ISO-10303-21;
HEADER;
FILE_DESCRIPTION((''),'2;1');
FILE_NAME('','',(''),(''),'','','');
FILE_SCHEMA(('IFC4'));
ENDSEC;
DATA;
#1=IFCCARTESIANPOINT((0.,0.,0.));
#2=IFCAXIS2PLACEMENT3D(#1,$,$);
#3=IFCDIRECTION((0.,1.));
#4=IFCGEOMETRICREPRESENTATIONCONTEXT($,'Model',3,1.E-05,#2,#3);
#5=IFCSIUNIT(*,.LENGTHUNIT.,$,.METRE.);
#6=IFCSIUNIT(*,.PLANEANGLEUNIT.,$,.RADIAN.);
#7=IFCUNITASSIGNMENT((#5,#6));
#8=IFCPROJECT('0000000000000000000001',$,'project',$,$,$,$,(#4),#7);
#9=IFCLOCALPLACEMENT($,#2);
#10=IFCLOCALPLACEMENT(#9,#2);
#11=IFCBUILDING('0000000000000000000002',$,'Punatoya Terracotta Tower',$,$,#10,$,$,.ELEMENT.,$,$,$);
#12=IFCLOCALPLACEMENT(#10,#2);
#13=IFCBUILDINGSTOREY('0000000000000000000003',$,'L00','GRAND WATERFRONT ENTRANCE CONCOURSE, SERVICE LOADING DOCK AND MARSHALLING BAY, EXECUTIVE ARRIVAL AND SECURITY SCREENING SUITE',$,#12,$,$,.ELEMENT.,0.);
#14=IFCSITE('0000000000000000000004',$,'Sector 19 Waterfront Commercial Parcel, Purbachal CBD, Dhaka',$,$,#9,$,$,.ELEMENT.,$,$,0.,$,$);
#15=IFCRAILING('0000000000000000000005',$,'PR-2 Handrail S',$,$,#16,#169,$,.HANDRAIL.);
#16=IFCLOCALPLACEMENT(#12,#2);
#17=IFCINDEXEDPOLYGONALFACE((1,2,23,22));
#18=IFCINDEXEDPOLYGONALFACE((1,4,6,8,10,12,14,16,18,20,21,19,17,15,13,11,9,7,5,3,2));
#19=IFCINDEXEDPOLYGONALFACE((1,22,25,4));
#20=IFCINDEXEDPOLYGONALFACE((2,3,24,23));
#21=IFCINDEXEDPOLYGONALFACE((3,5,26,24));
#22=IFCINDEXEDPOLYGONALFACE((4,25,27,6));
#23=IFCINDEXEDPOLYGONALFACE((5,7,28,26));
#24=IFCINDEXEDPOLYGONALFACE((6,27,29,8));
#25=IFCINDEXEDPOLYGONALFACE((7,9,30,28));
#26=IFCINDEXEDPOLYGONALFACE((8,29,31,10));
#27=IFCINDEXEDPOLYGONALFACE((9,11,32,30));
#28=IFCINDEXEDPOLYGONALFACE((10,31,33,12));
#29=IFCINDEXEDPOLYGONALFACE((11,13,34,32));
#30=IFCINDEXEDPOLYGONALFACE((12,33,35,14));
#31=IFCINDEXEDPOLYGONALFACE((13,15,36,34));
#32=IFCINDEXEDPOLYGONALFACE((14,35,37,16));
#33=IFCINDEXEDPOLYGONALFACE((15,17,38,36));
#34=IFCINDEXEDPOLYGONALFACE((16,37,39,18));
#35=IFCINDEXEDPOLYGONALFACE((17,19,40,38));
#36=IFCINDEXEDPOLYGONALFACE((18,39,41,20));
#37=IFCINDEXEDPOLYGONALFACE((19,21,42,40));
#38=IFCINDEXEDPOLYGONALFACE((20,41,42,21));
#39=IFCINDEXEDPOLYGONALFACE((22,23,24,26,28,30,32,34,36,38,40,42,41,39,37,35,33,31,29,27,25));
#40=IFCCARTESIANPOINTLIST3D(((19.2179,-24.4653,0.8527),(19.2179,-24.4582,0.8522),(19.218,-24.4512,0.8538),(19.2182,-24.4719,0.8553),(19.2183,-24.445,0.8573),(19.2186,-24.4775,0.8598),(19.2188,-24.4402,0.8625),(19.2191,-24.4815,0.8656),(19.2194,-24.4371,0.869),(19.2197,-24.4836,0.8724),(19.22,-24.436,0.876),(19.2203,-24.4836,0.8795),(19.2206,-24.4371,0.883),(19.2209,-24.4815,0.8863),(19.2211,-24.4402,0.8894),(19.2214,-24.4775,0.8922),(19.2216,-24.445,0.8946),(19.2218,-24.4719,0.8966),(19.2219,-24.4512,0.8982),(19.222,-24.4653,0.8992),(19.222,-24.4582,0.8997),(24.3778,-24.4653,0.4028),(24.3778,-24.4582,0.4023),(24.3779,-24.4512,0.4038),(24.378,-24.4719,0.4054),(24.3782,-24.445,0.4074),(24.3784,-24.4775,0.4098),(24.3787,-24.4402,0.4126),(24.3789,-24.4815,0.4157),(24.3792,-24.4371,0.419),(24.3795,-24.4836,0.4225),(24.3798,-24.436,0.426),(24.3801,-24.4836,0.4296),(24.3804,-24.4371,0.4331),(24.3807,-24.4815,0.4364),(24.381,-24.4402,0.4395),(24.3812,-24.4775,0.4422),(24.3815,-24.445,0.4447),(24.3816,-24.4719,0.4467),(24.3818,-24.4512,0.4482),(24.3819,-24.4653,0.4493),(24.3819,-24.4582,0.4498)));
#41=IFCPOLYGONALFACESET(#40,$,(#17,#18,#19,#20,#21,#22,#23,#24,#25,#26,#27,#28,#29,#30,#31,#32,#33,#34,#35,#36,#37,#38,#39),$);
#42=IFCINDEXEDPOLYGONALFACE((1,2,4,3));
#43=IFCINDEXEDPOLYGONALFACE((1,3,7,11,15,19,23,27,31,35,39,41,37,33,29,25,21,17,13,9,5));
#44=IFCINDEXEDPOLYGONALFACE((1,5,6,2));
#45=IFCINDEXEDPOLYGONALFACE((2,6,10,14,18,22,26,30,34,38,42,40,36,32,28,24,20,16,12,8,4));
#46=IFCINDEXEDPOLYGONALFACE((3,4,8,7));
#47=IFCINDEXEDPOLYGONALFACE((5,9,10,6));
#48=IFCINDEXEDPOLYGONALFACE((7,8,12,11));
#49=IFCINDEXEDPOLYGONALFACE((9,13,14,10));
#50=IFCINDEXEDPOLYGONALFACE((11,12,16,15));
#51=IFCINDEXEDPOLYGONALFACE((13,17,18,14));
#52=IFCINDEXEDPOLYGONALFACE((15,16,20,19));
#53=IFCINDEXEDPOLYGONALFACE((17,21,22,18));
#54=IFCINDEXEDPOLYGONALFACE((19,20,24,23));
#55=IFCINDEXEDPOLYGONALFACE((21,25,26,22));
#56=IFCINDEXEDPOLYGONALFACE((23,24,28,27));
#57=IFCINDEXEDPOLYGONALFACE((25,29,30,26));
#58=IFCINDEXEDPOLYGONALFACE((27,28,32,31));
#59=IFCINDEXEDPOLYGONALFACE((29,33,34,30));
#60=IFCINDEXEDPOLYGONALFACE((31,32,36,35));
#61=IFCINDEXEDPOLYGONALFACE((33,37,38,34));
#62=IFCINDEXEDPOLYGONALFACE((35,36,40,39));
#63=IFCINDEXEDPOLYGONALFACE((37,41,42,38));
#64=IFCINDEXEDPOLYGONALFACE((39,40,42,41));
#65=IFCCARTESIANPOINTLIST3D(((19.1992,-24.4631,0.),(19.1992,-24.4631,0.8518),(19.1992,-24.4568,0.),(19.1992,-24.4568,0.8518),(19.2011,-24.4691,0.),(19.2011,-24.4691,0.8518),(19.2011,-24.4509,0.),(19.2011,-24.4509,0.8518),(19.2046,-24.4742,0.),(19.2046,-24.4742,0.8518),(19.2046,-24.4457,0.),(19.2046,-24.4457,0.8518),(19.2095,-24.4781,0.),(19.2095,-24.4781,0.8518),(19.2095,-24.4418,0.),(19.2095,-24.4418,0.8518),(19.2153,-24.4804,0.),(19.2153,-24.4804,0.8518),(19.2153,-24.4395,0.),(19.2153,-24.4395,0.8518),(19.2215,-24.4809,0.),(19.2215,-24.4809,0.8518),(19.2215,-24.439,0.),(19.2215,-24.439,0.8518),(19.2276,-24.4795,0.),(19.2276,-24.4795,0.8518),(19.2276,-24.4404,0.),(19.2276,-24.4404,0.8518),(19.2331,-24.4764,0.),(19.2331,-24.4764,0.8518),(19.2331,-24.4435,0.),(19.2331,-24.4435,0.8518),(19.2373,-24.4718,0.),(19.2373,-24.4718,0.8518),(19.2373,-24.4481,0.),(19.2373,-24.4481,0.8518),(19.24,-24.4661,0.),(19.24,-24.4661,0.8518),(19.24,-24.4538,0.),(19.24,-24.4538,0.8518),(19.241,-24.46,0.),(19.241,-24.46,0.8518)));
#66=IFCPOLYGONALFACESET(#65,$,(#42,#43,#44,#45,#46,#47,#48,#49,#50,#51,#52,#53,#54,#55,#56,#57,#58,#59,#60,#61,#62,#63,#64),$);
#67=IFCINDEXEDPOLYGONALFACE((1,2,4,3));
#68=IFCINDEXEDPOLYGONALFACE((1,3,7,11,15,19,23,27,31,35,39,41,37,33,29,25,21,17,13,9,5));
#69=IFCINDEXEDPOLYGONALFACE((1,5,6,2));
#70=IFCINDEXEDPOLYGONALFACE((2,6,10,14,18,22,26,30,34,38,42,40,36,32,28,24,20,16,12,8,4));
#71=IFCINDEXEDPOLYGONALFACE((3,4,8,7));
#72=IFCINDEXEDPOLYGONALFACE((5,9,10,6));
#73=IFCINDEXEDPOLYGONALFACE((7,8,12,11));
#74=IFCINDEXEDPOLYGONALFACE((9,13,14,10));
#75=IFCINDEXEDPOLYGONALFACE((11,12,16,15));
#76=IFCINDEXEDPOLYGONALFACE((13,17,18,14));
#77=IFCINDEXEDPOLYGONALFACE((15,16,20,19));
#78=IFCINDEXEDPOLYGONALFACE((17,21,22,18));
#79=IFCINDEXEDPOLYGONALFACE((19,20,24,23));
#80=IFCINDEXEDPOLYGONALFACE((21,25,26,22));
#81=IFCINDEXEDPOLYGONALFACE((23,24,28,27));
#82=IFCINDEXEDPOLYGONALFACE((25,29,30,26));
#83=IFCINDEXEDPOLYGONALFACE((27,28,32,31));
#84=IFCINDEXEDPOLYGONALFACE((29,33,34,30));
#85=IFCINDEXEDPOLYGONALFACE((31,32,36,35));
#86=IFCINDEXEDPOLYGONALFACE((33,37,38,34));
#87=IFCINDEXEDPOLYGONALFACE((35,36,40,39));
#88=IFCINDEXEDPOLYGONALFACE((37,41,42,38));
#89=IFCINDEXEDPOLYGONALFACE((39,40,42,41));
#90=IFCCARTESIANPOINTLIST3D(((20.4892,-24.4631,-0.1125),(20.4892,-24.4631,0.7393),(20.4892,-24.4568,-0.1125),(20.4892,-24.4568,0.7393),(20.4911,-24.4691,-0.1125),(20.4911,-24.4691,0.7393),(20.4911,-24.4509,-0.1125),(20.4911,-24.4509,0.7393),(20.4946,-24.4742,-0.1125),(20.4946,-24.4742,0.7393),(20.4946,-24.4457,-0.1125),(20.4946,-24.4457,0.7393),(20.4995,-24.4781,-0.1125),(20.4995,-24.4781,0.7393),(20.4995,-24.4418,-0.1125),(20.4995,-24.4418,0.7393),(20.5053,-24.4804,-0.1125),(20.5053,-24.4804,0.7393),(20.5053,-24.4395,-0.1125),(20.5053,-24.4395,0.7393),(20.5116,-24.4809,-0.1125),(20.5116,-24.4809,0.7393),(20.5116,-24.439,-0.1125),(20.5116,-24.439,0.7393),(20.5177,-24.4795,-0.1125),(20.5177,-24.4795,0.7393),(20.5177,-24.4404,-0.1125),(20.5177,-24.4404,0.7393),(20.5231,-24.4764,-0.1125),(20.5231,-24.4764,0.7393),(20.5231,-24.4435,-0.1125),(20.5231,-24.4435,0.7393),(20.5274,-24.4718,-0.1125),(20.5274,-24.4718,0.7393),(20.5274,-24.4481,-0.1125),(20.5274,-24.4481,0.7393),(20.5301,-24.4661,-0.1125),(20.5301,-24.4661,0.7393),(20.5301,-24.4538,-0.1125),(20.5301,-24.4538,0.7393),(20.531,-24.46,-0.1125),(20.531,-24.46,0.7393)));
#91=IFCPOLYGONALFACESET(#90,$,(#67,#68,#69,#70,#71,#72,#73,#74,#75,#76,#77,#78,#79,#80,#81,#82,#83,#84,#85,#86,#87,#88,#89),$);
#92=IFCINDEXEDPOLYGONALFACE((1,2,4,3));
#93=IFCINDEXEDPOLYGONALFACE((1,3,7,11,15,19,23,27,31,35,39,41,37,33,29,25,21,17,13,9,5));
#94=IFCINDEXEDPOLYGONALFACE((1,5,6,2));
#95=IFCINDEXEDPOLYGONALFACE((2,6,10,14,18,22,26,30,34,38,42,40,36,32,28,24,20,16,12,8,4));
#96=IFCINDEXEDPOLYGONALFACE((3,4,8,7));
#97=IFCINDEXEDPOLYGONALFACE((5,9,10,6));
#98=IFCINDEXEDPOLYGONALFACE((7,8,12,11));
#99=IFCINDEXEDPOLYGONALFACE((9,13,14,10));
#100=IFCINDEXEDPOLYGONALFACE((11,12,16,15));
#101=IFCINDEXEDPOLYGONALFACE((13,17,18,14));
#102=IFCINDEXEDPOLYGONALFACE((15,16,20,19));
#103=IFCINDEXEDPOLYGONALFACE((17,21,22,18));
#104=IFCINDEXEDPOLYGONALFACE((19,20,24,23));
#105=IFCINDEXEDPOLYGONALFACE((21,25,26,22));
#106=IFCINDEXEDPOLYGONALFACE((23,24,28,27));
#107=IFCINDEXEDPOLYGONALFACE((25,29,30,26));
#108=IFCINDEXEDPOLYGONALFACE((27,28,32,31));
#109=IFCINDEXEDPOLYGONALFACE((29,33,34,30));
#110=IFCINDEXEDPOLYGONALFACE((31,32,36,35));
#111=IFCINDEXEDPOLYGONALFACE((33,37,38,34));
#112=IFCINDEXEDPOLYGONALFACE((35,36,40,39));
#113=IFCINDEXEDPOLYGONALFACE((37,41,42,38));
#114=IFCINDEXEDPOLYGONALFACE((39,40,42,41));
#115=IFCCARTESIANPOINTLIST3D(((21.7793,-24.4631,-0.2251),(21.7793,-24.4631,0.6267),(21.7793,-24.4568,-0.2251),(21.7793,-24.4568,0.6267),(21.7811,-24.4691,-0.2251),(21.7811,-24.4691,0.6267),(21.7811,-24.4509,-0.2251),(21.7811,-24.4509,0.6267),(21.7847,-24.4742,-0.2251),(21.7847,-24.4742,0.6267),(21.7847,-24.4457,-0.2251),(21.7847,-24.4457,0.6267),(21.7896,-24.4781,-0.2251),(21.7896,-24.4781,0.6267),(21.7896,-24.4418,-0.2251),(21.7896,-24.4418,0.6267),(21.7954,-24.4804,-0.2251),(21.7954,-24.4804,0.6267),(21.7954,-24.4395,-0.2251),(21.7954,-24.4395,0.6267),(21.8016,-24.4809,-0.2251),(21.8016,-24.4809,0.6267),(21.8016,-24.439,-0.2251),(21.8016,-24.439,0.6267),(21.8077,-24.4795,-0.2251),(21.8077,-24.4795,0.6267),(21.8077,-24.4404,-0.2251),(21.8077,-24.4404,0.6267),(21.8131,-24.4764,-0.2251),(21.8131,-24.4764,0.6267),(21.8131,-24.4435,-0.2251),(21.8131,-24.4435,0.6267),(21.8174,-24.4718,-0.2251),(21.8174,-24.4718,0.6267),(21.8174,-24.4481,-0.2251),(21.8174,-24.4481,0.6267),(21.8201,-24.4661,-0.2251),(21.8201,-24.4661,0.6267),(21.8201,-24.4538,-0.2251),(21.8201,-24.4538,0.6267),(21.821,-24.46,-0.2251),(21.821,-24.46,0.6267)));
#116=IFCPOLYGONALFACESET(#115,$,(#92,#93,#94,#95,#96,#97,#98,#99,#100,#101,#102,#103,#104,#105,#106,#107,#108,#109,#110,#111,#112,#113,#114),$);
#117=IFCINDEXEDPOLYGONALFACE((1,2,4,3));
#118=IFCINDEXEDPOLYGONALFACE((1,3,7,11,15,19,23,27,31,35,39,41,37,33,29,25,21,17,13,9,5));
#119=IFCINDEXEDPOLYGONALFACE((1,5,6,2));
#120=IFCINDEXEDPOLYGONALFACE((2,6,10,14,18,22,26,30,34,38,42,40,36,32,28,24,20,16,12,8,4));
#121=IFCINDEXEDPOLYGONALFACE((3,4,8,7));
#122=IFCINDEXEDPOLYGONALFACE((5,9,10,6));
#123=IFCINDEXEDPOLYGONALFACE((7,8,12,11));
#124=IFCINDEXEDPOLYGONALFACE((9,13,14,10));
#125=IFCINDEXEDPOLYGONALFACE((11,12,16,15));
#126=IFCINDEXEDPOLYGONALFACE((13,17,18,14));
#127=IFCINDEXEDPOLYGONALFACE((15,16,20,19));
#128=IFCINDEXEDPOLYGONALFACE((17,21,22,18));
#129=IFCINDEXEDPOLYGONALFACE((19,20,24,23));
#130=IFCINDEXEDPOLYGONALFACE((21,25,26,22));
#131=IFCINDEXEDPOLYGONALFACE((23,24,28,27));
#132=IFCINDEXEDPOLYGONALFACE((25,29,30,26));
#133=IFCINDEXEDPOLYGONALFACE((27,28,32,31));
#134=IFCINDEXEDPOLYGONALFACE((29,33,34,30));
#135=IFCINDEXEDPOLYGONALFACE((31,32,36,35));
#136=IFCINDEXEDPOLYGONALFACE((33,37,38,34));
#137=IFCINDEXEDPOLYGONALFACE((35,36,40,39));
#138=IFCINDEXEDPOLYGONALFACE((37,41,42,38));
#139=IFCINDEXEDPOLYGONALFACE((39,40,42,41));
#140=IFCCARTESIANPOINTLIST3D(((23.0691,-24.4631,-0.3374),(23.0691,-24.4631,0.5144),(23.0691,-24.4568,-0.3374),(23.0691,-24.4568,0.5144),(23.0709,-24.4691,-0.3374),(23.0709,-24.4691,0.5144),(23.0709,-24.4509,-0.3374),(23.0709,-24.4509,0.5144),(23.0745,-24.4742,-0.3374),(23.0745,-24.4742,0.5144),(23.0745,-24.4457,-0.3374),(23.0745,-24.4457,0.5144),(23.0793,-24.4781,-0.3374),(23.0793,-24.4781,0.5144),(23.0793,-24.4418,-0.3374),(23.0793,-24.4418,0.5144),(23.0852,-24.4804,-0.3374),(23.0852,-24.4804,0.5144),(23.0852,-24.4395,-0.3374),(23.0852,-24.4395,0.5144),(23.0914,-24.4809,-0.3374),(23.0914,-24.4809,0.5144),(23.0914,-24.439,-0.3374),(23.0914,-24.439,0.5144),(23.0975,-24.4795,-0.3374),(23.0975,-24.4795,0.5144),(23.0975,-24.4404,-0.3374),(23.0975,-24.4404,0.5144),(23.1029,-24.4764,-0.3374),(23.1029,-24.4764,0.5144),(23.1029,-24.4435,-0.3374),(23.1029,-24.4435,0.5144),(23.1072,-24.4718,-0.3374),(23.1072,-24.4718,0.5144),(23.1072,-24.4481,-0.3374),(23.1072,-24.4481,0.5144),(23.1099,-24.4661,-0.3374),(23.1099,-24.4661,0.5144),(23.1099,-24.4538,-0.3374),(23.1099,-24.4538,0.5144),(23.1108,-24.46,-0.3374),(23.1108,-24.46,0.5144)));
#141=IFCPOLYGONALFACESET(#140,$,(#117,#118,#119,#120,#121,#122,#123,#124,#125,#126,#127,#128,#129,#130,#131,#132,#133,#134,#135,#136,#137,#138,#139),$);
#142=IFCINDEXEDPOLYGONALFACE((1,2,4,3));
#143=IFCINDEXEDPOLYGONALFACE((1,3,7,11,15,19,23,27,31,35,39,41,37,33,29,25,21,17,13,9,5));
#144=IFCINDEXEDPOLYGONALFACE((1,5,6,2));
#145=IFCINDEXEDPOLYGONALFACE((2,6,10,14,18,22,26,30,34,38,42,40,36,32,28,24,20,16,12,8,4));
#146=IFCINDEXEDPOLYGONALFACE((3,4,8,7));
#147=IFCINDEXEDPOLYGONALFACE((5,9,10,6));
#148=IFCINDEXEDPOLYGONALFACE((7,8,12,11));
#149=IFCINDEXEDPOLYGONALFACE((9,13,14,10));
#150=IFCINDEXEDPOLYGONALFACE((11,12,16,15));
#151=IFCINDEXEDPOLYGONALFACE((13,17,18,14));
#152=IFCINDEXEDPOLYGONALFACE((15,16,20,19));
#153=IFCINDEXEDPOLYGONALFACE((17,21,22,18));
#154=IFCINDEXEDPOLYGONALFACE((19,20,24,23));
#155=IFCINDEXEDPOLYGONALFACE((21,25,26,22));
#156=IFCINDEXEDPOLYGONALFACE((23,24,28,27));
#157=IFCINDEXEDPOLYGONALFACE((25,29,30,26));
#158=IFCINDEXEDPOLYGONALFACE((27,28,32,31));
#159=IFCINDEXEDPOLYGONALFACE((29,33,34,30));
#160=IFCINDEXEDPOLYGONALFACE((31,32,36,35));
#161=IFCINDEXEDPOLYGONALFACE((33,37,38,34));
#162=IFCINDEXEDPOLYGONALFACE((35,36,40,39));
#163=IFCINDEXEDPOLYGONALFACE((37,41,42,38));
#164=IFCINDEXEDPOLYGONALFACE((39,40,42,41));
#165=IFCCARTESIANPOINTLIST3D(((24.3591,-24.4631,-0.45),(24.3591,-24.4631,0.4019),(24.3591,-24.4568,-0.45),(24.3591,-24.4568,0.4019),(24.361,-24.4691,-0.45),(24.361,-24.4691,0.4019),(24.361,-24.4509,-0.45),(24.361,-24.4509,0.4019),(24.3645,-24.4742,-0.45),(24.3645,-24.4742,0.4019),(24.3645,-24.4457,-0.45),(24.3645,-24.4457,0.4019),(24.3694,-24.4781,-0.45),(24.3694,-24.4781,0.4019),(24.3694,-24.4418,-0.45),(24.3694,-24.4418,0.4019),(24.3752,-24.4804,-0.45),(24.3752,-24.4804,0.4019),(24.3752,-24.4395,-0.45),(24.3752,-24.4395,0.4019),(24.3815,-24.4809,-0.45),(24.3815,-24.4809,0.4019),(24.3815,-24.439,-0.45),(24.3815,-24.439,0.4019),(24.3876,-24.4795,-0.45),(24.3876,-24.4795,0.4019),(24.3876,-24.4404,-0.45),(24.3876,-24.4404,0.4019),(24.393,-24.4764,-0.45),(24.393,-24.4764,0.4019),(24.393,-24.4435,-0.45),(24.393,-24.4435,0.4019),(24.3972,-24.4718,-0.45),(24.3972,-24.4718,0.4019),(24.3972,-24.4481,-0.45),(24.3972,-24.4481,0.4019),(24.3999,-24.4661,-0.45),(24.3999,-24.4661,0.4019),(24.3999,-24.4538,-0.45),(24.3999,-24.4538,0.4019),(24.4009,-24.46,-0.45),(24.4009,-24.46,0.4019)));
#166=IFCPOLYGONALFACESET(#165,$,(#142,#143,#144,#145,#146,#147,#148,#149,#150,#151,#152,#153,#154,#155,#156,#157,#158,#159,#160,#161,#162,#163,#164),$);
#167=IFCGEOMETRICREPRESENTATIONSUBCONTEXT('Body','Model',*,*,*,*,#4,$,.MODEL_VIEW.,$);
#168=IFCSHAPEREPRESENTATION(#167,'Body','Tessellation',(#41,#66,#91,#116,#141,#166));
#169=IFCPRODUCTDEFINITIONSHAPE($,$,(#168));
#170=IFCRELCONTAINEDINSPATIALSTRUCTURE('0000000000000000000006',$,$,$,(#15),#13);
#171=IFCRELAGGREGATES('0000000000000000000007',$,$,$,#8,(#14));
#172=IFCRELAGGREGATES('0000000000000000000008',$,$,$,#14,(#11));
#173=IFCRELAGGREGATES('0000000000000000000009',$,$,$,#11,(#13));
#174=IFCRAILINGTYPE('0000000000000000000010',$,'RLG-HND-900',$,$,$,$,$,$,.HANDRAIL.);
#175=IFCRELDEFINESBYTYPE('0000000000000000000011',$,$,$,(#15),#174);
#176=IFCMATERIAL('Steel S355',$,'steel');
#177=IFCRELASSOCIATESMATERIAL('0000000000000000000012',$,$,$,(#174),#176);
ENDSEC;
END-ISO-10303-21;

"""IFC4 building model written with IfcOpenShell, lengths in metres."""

from ifc_helpers import new_model, si_unit, direction, frame, origin, origin_2d, place, context, subcontext, project, spatial, circle, extrude, material, type_object, element, save


model = new_model("IFC4")

# Units and contexts
model_context = context("Model", 3, precision=1e-05, world=origin(), true_north=direction((0.0, 1.0)))
body_context = subcontext(model_context, "Body", "Model", "MODEL_VIEW")
ifc_project = project(units=[si_unit("LENGTHUNIT", "METRE"), si_unit("PLANEANGLEUNIT", "RADIAN")], contexts=[model_context])

# Site, building, storey
site_placement = place(None, origin())
site = spatial("IfcSite", under=ifc_project, at=site_placement, Name="Sector 19 Waterfront Commercial Parcel, Purbachal CBD, Dhaka", CompositionType="ELEMENT", RefElevation=0.0)
building_placement = place(site_placement, origin())
building = spatial("IfcBuilding", under=site, at=building_placement, Name="Punatoya Terracotta Tower", CompositionType="ELEMENT")
storey_placement = place(building_placement, origin())
storey = spatial("IfcBuildingStorey", under=building, at=storey_placement, Name="L00", Description="GRAND WATERFRONT ENTRANCE CONCOURSE, SERVICE LOADING DOCK AND MARSHALLING BAY, EXECUTIVE ARRIVAL AND SECURITY SCREENING SUITE", CompositionType="ELEMENT", Elevation=0.0)

# Shared definitions
ifc_material_1 = material(Name="Steel S355", Category="steel")

# Railing
railing_type_1 = type_object("IfcRailingType", Name="RLG-HND-900", PredefinedType="HANDRAIL", material=ifc_material_1)
for number, where, name in (
    (1, (19.22, -24.46, 0.0), "PR-2 Handrail S"),
):
    element("IfcRailing", number, at=place(storey_placement, frame(where)), inside=storey, type_object=railing_type_1, Name=name, PredefinedType="HANDRAIL", context=body_context, shape_type="SweptSolid", body=[
        extrude(circle(Radius=0.0239, at=origin_2d()), frame((0.0, 0.0, 0.876), z_axis=(0.99622, 0.0, -0.086872), x_axis=(0.0, 1.0, 0.0)), (0.0, 0.0, 1.0), 5.1794),
        extrude(circle(Radius=0.021, at=origin_2d()), origin(), (0.0, 0.0, 1.0), 0.8518),
        extrude(circle(Radius=0.021, at=origin_2d()), frame((1.29, 0.0, -0.1125)), (0.0, 0.0, 1.0), 0.8518),
        extrude(circle(Radius=0.021, at=origin_2d()), frame((2.5801, 0.0, -0.2251)), (0.0, 0.0, 1.0), 0.8518),
        extrude(circle(Radius=0.021, at=origin_2d()), frame((3.8699, 0.0, -0.3374)), (0.0, 0.0, 1.0), 0.8518),
        extrude(circle(Radius=0.021, at=origin_2d()), frame((5.1599, 0.0, -0.45)), (0.0, 0.0, 1.0), 0.8518),
    ])

save(model, "model.ifc")
